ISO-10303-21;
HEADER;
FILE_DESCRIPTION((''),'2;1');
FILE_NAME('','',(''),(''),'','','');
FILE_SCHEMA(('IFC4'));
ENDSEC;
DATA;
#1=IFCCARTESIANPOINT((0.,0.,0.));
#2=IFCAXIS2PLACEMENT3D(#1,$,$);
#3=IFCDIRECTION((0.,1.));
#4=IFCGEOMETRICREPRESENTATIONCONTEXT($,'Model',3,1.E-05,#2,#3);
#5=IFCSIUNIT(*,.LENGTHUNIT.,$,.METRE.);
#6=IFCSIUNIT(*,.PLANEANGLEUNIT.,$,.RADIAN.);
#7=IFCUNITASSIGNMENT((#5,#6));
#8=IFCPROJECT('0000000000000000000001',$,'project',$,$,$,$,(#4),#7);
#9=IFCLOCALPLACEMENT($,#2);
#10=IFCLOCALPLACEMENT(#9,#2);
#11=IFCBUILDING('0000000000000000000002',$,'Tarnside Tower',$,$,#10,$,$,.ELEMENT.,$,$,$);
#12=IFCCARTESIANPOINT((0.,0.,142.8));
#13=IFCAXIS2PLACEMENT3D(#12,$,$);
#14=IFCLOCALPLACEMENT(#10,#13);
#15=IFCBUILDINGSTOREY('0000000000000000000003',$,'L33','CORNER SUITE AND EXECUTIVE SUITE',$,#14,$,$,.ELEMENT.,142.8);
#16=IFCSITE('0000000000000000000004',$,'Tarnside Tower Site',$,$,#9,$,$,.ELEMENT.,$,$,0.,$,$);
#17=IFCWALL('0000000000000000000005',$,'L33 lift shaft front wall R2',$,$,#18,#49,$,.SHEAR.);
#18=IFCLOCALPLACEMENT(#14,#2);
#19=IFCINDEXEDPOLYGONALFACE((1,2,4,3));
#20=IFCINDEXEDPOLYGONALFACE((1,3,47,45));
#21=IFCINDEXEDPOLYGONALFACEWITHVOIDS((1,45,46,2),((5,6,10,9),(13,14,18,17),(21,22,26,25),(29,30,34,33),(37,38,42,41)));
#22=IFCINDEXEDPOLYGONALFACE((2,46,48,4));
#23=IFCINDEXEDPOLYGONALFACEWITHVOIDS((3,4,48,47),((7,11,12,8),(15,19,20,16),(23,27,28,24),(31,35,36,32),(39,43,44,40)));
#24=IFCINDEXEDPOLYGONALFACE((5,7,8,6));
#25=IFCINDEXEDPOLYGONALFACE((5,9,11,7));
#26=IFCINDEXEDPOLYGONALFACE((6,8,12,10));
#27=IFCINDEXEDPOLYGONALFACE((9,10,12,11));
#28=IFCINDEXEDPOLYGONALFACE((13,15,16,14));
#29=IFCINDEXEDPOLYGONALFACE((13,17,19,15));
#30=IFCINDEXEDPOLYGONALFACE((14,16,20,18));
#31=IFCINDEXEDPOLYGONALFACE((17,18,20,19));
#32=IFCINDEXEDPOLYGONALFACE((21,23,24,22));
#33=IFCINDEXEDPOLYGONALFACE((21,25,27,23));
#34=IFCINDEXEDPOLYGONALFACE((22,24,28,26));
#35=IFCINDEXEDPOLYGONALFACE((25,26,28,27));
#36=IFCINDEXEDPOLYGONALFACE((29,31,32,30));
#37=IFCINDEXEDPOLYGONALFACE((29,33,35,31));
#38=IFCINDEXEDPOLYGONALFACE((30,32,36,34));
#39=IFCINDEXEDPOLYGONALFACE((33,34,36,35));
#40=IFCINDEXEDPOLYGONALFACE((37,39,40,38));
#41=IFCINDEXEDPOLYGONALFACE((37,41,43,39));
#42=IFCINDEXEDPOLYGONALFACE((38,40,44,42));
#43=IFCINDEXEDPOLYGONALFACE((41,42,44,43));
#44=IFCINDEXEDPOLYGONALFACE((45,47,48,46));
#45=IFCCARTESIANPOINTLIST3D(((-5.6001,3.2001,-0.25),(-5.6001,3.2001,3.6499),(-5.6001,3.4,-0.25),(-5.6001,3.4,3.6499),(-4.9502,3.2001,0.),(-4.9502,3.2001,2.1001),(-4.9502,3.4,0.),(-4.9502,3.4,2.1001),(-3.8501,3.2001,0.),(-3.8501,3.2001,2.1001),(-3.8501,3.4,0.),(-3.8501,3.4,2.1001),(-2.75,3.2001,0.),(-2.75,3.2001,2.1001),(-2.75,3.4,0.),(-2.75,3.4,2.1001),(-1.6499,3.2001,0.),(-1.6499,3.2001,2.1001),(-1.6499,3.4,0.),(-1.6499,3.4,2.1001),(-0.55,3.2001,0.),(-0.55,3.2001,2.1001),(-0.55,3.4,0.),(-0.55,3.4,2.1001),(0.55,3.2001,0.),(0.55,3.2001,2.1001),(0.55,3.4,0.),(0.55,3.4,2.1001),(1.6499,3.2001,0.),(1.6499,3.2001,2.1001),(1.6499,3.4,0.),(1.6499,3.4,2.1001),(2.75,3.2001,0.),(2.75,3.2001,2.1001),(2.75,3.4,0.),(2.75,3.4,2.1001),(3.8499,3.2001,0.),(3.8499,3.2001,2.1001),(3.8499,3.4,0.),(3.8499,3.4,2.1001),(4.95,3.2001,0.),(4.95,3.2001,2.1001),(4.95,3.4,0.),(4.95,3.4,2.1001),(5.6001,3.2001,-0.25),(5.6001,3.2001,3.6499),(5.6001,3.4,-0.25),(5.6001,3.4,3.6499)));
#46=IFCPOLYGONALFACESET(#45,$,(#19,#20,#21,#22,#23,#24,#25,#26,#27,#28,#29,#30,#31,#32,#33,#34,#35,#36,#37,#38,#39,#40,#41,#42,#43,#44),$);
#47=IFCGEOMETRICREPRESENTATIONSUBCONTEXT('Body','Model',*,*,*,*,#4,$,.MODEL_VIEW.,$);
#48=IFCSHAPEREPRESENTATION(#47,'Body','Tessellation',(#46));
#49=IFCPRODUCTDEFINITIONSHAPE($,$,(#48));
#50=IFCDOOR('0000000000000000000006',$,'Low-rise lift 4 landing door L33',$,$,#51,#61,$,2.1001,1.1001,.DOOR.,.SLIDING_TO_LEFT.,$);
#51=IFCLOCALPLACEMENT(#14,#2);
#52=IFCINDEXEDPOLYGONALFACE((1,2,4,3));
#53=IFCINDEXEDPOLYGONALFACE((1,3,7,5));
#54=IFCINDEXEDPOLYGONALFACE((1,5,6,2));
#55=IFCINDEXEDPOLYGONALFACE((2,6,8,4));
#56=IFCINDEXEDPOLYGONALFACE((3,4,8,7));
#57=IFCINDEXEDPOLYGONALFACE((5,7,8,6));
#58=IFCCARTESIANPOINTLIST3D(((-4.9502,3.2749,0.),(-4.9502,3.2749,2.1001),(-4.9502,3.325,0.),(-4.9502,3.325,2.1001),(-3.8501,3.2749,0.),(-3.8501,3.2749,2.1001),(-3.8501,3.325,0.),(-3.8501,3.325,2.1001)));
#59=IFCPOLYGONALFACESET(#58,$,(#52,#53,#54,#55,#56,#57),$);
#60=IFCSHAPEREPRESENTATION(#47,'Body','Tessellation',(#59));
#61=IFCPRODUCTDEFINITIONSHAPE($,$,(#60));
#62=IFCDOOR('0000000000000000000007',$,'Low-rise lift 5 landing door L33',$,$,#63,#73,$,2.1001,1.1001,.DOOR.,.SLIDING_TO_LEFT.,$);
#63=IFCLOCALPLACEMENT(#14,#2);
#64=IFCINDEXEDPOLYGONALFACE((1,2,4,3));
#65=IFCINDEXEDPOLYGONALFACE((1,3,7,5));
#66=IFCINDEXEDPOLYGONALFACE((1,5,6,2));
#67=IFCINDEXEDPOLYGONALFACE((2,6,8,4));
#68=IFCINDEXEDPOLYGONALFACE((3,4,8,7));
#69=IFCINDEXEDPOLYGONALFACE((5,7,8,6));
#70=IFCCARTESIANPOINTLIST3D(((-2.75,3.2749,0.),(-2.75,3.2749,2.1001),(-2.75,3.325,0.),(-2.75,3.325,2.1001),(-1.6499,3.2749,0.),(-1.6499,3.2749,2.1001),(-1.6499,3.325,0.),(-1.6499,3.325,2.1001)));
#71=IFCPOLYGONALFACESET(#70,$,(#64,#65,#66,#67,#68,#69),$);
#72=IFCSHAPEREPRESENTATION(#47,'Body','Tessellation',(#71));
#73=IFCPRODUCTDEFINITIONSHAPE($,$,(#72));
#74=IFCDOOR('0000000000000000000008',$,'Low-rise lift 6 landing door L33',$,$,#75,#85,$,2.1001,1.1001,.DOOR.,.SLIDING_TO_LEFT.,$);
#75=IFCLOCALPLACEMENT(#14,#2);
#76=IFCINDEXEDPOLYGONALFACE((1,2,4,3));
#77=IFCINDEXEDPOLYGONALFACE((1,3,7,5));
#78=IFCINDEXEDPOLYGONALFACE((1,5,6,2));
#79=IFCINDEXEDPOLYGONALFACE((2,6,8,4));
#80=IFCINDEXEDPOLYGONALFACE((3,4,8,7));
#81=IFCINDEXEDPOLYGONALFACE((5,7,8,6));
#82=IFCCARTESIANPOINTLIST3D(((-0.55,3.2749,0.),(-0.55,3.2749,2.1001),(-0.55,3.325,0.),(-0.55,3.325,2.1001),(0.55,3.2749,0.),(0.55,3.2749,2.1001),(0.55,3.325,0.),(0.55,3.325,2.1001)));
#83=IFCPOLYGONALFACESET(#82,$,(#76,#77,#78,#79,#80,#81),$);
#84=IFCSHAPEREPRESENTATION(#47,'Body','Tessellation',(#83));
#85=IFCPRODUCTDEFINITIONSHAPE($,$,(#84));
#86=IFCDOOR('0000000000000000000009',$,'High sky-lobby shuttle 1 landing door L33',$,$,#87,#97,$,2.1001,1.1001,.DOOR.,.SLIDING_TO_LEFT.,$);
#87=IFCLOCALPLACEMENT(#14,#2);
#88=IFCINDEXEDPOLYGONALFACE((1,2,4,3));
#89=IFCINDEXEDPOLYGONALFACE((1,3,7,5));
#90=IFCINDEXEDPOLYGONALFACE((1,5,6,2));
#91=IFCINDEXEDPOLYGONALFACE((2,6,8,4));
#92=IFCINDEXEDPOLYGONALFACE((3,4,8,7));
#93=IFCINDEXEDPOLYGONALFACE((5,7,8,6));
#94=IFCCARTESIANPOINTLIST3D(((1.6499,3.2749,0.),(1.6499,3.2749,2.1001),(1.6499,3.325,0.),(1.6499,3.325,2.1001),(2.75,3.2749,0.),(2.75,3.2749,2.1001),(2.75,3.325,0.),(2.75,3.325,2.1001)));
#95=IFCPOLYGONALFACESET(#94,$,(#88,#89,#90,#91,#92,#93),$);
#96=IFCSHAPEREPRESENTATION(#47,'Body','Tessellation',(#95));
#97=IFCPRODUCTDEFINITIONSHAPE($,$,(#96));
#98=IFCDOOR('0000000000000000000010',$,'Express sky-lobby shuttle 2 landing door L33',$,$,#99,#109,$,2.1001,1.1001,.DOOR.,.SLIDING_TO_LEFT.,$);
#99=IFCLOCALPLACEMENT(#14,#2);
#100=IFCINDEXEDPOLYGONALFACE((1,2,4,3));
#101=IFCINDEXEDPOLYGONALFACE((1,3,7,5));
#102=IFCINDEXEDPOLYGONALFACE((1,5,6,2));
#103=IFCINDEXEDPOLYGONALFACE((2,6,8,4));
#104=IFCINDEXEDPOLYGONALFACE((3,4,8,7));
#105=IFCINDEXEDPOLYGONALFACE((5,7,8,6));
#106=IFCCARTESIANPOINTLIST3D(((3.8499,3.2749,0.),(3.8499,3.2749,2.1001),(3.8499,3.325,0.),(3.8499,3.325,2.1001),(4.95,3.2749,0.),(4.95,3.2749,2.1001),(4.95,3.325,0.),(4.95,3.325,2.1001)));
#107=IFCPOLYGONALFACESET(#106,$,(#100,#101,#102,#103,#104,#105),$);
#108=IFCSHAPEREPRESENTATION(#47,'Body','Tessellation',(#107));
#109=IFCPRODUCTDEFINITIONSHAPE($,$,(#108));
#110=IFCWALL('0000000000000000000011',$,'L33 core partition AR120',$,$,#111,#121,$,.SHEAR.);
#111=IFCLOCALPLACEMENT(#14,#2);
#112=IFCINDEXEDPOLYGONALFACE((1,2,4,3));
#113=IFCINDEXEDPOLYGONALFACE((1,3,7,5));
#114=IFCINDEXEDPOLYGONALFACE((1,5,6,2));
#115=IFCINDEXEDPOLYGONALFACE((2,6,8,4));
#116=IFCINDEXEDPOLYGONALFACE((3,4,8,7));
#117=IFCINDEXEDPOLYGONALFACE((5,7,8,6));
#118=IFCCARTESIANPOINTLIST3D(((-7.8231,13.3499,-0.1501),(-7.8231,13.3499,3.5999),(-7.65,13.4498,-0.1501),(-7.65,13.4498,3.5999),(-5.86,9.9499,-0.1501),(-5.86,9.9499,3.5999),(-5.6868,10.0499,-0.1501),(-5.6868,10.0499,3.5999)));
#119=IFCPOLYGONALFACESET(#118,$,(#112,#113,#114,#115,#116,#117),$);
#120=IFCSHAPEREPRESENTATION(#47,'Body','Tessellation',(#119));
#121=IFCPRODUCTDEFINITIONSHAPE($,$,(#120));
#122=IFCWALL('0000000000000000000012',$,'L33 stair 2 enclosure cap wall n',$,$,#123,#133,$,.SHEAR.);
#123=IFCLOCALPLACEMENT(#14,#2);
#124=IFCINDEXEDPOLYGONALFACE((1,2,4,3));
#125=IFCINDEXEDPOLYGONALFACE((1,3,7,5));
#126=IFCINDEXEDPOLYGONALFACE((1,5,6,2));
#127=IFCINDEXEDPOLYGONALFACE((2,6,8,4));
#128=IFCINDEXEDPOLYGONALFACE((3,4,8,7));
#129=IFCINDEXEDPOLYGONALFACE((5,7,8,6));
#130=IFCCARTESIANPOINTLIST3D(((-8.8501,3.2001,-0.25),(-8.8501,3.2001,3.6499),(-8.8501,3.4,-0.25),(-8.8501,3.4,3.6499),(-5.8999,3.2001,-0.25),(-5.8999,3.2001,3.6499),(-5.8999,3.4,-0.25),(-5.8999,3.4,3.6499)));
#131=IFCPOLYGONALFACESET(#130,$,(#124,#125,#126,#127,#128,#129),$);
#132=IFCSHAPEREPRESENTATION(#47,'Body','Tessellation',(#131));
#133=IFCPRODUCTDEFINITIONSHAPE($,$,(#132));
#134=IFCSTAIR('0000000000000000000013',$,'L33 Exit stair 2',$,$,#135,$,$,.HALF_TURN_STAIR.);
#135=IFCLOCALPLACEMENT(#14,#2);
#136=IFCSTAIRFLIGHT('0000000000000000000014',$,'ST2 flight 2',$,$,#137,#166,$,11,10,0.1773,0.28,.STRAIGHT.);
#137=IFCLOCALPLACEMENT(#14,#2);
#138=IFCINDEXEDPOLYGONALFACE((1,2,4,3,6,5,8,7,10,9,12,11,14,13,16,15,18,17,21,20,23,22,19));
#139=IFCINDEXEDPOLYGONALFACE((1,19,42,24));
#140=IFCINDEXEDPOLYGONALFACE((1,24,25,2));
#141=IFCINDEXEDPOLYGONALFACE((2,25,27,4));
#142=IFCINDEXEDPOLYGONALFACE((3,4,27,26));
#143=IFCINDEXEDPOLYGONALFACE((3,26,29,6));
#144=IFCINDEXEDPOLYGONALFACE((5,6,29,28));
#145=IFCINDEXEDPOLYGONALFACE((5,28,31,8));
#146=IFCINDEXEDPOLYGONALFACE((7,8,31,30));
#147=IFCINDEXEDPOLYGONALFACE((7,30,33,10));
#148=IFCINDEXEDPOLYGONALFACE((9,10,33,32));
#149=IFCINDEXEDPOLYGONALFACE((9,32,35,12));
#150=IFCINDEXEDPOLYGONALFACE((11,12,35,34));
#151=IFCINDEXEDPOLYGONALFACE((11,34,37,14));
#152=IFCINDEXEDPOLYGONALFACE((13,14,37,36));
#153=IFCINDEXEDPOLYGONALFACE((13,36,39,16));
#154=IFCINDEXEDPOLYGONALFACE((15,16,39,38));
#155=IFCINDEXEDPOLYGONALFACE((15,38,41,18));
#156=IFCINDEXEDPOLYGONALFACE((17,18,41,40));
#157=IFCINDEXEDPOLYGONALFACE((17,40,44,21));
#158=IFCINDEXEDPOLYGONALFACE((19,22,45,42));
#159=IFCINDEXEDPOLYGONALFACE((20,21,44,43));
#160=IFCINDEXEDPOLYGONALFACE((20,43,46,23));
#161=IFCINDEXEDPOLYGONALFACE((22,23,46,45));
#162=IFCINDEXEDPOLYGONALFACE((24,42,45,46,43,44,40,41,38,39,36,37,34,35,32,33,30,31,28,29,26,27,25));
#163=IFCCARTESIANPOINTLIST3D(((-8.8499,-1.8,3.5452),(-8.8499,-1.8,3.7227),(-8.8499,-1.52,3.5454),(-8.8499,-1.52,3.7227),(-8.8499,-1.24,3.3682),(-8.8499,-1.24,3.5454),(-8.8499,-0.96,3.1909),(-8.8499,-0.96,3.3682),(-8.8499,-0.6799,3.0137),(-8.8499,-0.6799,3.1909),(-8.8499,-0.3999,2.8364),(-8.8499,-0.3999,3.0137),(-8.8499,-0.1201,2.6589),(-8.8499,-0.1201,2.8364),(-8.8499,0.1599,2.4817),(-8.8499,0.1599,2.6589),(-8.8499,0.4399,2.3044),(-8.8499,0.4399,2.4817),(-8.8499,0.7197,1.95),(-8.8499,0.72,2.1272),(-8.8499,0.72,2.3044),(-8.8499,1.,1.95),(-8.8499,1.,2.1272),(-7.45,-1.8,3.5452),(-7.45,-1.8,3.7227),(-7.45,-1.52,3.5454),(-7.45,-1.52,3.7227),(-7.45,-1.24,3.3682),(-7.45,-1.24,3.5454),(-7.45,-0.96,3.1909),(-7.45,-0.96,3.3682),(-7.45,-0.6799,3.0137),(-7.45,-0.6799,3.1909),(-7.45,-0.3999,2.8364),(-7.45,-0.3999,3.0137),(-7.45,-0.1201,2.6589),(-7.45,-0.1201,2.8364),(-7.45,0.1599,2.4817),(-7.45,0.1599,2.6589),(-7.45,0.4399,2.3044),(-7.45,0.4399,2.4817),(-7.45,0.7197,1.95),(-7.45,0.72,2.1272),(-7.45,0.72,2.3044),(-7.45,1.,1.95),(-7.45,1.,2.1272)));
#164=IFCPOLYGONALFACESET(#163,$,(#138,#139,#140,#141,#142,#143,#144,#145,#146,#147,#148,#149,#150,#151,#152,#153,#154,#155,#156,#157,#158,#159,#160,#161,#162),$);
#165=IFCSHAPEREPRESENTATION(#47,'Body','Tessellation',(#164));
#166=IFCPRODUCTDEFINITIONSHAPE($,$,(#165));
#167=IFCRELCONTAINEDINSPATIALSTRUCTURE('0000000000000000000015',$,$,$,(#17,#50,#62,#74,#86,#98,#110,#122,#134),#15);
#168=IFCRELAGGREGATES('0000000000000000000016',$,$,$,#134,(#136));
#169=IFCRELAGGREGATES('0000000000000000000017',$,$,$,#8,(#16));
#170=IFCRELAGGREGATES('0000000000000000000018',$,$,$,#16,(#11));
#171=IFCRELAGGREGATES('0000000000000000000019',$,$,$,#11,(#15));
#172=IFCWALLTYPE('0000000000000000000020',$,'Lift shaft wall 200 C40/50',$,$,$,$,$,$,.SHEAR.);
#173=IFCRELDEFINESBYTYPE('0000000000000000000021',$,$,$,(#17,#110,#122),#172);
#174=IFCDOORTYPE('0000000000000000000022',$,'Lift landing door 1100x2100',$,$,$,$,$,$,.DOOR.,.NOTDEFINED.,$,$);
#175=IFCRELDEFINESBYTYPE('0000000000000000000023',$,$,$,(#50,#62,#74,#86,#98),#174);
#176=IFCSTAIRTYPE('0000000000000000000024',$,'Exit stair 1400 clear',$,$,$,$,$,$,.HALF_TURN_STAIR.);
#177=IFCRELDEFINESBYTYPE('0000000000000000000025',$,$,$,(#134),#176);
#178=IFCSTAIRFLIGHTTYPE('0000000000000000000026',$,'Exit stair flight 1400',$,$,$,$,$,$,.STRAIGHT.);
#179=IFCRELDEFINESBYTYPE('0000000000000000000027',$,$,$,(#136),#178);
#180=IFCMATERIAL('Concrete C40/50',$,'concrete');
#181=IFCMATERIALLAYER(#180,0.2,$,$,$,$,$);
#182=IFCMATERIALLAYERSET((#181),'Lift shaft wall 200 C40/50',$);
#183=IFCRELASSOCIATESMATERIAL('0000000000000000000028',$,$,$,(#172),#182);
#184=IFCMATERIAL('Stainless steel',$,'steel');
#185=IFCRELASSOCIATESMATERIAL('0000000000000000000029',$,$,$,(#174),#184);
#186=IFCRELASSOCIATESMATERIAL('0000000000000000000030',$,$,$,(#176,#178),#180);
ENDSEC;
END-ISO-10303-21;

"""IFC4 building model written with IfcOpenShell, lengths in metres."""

from ifc_helpers import new_model, si_unit, direction, frame, frame_2d, origin, place, context, subcontext, project, spatial, polyline, rectangle, outline, extrude, material, layer, layer_set, type_object, element, fill, aggregate, save


model = new_model("IFC4")

# Units and contexts
model_context = context("Model", 3, precision=1e-05, world=origin(), true_north=direction((0.0, 1.0)))
body_context = subcontext(model_context, "Body", "Model", "MODEL_VIEW")
ifc_project = project(units=[si_unit("LENGTHUNIT", "METRE"), si_unit("PLANEANGLEUNIT", "RADIAN")], contexts=[model_context])

# Site, building, storey
site_placement = place(None, origin())
site = spatial("IfcSite", under=ifc_project, at=site_placement, Name="Tarnside Tower Site", CompositionType="ELEMENT", RefElevation=0.0)
building_placement = place(site_placement, origin())
building = spatial("IfcBuilding", under=site, at=building_placement, Name="Tarnside Tower", CompositionType="ELEMENT")
storey_placement = place(building_placement, frame((0.0, 0.0, 142.8)))
storey = spatial("IfcBuildingStorey", under=building, at=storey_placement, Name="L33", Description="CORNER SUITE AND EXECUTIVE SUITE", CompositionType="ELEMENT", Elevation=142.8)

# Shared definitions
ifc_material_1 = material(Name="Concrete C40/50", Category="concrete")

# Wall, openings, doors
ifc_layer_1 = layer(ifc_material_1, 0.2)
ifc_layer_set_1 = layer_set([ifc_layer_1], Name="Lift shaft wall 200 C40/50")
wall_type_1 = type_object("IfcWallType", Name="Lift shaft wall 200 C40/50", PredefinedType="SHEAR", material=ifc_layer_set_1)
wall_1_placement = place(storey_placement, frame((-5.6001, 3.3, -0.25), z_axis=(0.0, 0.0, 1.0), x_axis=(1.0, 0.0, 0.0)))
wall_1 = element("IfcWall", 1, at=wall_1_placement, inside=storey, type_object=wall_type_1, Name="L33 lift shaft front wall R2", PredefinedType="SHEAR", context=body_context, shape_type="SweptSolid", body=[
    extrude(rectangle(XDim=11.2002, YDim=0.2, at=frame_2d((5.6001, 0.0))), origin(), (0.0, 0.0, 1.0), 3.8999),
])
opening_1_placement = place(wall_1_placement, frame((0.6499, 0.0, 0.25)))
opening_1 = element("IfcOpeningElement", 2, at=opening_1_placement, cuts=wall_1, PredefinedType="OPENING", context=body_context, shape_type="SweptSolid", body=[
    extrude(rectangle(XDim=1.1001, YDim=2.1001, at=frame_2d((0.55, 1.05))), frame((0.0, 0.1099, 0.0), z_axis=(0.0, -1.0, 0.0), x_axis=(1.0, 0.0, 0.0)), (0.0, 0.0, 1.0), 0.22),
])
opening_2_placement = place(wall_1_placement, frame((2.8501, 0.0, 0.25)))
opening_2 = element("IfcOpeningElement", 3, at=opening_2_placement, cuts=wall_1, PredefinedType="OPENING", context=body_context, shape_type="SweptSolid", body=[
    extrude(rectangle(XDim=1.1001, YDim=2.1001, at=frame_2d((0.55, 1.05))), frame((0.0, 0.1099, 0.0), z_axis=(0.0, -1.0, 0.0), x_axis=(1.0, 0.0, 0.0)), (0.0, 0.0, 1.0), 0.22),
])
opening_3_placement = place(wall_1_placement, frame((5.05, 0.0, 0.25)))
opening_3 = element("IfcOpeningElement", 4, at=opening_3_placement, cuts=wall_1, PredefinedType="OPENING", context=body_context, shape_type="SweptSolid", body=[
    extrude(rectangle(XDim=1.1001, YDim=2.1001, at=frame_2d((0.55, 1.05))), frame((0.0, 0.1099, 0.0), z_axis=(0.0, -1.0, 0.0), x_axis=(1.0, 0.0, 0.0)), (0.0, 0.0, 1.0), 0.22),
])
opening_4_placement = place(wall_1_placement, frame((7.25, 0.0, 0.25)))
opening_4 = element("IfcOpeningElement", 5, at=opening_4_placement, cuts=wall_1, PredefinedType="OPENING", context=body_context, shape_type="SweptSolid", body=[
    extrude(rectangle(XDim=1.1001, YDim=2.1001, at=frame_2d((0.55, 1.05))), frame((0.0, 0.1099, 0.0), z_axis=(0.0, -1.0, 0.0), x_axis=(1.0, 0.0, 0.0)), (0.0, 0.0, 1.0), 0.22),
])
opening_5_placement = place(wall_1_placement, frame((9.45, 0.0, 0.25)))
opening_5 = element("IfcOpeningElement", 6, at=opening_5_placement, cuts=wall_1, PredefinedType="OPENING", context=body_context, shape_type="SweptSolid", body=[
    extrude(rectangle(XDim=1.1001, YDim=2.1001, at=frame_2d((0.55, 1.05))), frame((0.0, 0.1099, 0.0), z_axis=(0.0, -1.0, 0.0), x_axis=(1.0, 0.0, 0.0)), (0.0, 0.0, 1.0), 0.22),
])
ifc_material_2 = material(Name="Stainless steel", Category="steel")
door_type_1 = type_object("IfcDoorType", Name="Lift landing door 1100x2100", OperationType="NOTDEFINED", PredefinedType="DOOR", material=ifc_material_2)
door_1_placement = place(opening_1_placement, origin())
door_1 = element("IfcDoor", 7, at=door_1_placement, inside=storey, type_object=door_type_1, Name="Low-rise lift 4 landing door L33", OperationType="SLIDING_TO_LEFT", OverallHeight=2.1001, OverallWidth=1.1001, PredefinedType="DOOR", context=body_context, shape_type="SweptSolid", body=[
    extrude(rectangle(XDim=1.1001, YDim=2.1001, at=frame_2d((0.55, 1.05))), frame((0.0, 0.0249, 0.0), z_axis=(0.0, -1.0, 0.0), x_axis=(1.0, 0.0, 0.0)), (0.0, 0.0, 1.0), 0.05),
])
fill(opening_1, door_1)
door_2_placement = place(opening_2_placement, origin())
door_2 = element("IfcDoor", 8, at=door_2_placement, inside=storey, type_object=door_type_1, Name="Low-rise lift 5 landing door L33", OperationType="SLIDING_TO_LEFT", OverallHeight=2.1001, OverallWidth=1.1001, PredefinedType="DOOR", context=body_context, shape_type="SweptSolid", body=[
    extrude(rectangle(XDim=1.1001, YDim=2.1001, at=frame_2d((0.55, 1.05))), frame((0.0, 0.0249, 0.0), z_axis=(0.0, -1.0, 0.0), x_axis=(1.0, 0.0, 0.0)), (0.0, 0.0, 1.0), 0.05),
])
fill(opening_2, door_2)
door_3_placement = place(opening_3_placement, origin())
door_3 = element("IfcDoor", 9, at=door_3_placement, inside=storey, type_object=door_type_1, Name="Low-rise lift 6 landing door L33", OperationType="SLIDING_TO_LEFT", OverallHeight=2.1001, OverallWidth=1.1001, PredefinedType="DOOR", context=body_context, shape_type="SweptSolid", body=[
    extrude(rectangle(XDim=1.1001, YDim=2.1001, at=frame_2d((0.55, 1.05))), frame((0.0, 0.0249, 0.0), z_axis=(0.0, -1.0, 0.0), x_axis=(1.0, 0.0, 0.0)), (0.0, 0.0, 1.0), 0.05),
])
fill(opening_3, door_3)
door_4_placement = place(opening_4_placement, origin())
door_4 = element("IfcDoor", 10, at=door_4_placement, inside=storey, type_object=door_type_1, Name="High sky-lobby shuttle 1 landing door L33", OperationType="SLIDING_TO_LEFT", OverallHeight=2.1001, OverallWidth=1.1001, PredefinedType="DOOR", context=body_context, shape_type="SweptSolid", body=[
    extrude(rectangle(XDim=1.1001, YDim=2.1001, at=frame_2d((0.55, 1.05))), frame((0.0, 0.0249, 0.0), z_axis=(0.0, -1.0, 0.0), x_axis=(1.0, 0.0, 0.0)), (0.0, 0.0, 1.0), 0.05),
])
fill(opening_4, door_4)
door_5_placement = place(opening_5_placement, origin())
door_5 = element("IfcDoor", 11, at=door_5_placement, inside=storey, type_object=door_type_1, Name="Express sky-lobby shuttle 2 landing door L33", OperationType="SLIDING_TO_LEFT", OverallHeight=2.1001, OverallWidth=1.1001, PredefinedType="DOOR", context=body_context, shape_type="SweptSolid", body=[
    extrude(rectangle(XDim=1.1001, YDim=2.1001, at=frame_2d((0.55, 1.05))), frame((0.0, 0.0249, 0.0), z_axis=(0.0, -1.0, 0.0), x_axis=(1.0, 0.0, 0.0)), (0.0, 0.0, 1.0), 0.05),
])
fill(opening_5, door_5)

# Walls
wall_2_placement = place(storey_placement, frame((-5.7734, 10.0, -0.1501), z_axis=(0.0, 0.0, 1.0), x_axis=(-0.500038, 0.866003, 0.0)))
element("IfcWall", 12, at=wall_2_placement, inside=storey, type_object=wall_type_1, Name="L33 core partition AR120", PredefinedType="SHEAR", context=body_context, shape_type="SweptSolid", body=[
    extrude(rectangle(XDim=3.926, YDim=0.2, at=frame_2d((1.9629, 0.0))), origin(), (0.0, 0.0, 1.0), 3.75),
])
wall_3_placement = place(storey_placement, frame((-8.8501, 3.3, -0.25), z_axis=(0.0, 0.0, 1.0), x_axis=(1.0, 0.0, 0.0)))
element("IfcWall", 13, at=wall_3_placement, inside=storey, type_object=wall_type_1, Name="L33 stair 2 enclosure cap wall n", PredefinedType="SHEAR", context=body_context, shape_type="SweptSolid", body=[
    extrude(rectangle(XDim=2.9502, YDim=0.2, at=frame_2d((1.4751, 0.0))), origin(), (0.0, 0.0, 1.0), 3.8999),
])

# Stair, stair flight
stair_type = type_object("IfcStairType", Name="Exit stair 1400 clear", PredefinedType="HALF_TURN_STAIR", material=ifc_material_1)
stair_placement = place(storey_placement, origin())
stair = element("IfcStair", 14, at=stair_placement, inside=storey, type_object=stair_type, Name="L33 Exit stair 2", PredefinedType="HALF_TURN_STAIR")
stair_flight_type = type_object("IfcStairFlightType", Name="Exit stair flight 1400", PredefinedType="STRAIGHT", material=ifc_material_1)
stair_flight_placement = place(storey_placement, frame((-8.1499, 1.0, 1.95), z_axis=(0.0, 0.0, 1.0), x_axis=(0.0, -1.0, 0.0)))
stair_flight = element("IfcStairFlight", 15, at=stair_flight_placement, type_object=stair_flight_type, Name="ST2 flight 2", NumberOfRisers=11, NumberOfTreads=10, PredefinedType="STRAIGHT", RiserHeight=0.1773, TreadLength=0.28, context=body_context, shape_type="SweptSolid", body=[
    extrude(outline(polyline([(0.0, 0.0), (0.0, 0.1772), (0.28, 0.1772), (0.28, 0.3545), (0.5601, 0.3545), (0.5601, 0.5317), (0.8401, 0.5317), (0.8401, 0.709), (1.1201, 0.709), (1.1201, 0.8865), (1.3999, 0.8865), (1.3999, 1.0637), (1.6799, 1.0637), (1.6799, 1.241), (1.96, 1.241), (1.96, 1.4182), (2.24, 1.4182), (2.24, 1.5955), (2.52, 1.5955), (2.52, 1.7727), (2.8, 1.7727), (2.8, 1.95), (2.8, 1.5952), (0.2803, 0.0), (0.0, 0.0)])), frame((0.0, 0.7, 0.0), z_axis=(0.0, -1.0, 0.0), x_axis=(1.0, 0.0, 0.0)), (0.0, 0.0, 1.0), 1.3999),
])
aggregate(stair, [stair_flight])

save(model, "model.ifc")
